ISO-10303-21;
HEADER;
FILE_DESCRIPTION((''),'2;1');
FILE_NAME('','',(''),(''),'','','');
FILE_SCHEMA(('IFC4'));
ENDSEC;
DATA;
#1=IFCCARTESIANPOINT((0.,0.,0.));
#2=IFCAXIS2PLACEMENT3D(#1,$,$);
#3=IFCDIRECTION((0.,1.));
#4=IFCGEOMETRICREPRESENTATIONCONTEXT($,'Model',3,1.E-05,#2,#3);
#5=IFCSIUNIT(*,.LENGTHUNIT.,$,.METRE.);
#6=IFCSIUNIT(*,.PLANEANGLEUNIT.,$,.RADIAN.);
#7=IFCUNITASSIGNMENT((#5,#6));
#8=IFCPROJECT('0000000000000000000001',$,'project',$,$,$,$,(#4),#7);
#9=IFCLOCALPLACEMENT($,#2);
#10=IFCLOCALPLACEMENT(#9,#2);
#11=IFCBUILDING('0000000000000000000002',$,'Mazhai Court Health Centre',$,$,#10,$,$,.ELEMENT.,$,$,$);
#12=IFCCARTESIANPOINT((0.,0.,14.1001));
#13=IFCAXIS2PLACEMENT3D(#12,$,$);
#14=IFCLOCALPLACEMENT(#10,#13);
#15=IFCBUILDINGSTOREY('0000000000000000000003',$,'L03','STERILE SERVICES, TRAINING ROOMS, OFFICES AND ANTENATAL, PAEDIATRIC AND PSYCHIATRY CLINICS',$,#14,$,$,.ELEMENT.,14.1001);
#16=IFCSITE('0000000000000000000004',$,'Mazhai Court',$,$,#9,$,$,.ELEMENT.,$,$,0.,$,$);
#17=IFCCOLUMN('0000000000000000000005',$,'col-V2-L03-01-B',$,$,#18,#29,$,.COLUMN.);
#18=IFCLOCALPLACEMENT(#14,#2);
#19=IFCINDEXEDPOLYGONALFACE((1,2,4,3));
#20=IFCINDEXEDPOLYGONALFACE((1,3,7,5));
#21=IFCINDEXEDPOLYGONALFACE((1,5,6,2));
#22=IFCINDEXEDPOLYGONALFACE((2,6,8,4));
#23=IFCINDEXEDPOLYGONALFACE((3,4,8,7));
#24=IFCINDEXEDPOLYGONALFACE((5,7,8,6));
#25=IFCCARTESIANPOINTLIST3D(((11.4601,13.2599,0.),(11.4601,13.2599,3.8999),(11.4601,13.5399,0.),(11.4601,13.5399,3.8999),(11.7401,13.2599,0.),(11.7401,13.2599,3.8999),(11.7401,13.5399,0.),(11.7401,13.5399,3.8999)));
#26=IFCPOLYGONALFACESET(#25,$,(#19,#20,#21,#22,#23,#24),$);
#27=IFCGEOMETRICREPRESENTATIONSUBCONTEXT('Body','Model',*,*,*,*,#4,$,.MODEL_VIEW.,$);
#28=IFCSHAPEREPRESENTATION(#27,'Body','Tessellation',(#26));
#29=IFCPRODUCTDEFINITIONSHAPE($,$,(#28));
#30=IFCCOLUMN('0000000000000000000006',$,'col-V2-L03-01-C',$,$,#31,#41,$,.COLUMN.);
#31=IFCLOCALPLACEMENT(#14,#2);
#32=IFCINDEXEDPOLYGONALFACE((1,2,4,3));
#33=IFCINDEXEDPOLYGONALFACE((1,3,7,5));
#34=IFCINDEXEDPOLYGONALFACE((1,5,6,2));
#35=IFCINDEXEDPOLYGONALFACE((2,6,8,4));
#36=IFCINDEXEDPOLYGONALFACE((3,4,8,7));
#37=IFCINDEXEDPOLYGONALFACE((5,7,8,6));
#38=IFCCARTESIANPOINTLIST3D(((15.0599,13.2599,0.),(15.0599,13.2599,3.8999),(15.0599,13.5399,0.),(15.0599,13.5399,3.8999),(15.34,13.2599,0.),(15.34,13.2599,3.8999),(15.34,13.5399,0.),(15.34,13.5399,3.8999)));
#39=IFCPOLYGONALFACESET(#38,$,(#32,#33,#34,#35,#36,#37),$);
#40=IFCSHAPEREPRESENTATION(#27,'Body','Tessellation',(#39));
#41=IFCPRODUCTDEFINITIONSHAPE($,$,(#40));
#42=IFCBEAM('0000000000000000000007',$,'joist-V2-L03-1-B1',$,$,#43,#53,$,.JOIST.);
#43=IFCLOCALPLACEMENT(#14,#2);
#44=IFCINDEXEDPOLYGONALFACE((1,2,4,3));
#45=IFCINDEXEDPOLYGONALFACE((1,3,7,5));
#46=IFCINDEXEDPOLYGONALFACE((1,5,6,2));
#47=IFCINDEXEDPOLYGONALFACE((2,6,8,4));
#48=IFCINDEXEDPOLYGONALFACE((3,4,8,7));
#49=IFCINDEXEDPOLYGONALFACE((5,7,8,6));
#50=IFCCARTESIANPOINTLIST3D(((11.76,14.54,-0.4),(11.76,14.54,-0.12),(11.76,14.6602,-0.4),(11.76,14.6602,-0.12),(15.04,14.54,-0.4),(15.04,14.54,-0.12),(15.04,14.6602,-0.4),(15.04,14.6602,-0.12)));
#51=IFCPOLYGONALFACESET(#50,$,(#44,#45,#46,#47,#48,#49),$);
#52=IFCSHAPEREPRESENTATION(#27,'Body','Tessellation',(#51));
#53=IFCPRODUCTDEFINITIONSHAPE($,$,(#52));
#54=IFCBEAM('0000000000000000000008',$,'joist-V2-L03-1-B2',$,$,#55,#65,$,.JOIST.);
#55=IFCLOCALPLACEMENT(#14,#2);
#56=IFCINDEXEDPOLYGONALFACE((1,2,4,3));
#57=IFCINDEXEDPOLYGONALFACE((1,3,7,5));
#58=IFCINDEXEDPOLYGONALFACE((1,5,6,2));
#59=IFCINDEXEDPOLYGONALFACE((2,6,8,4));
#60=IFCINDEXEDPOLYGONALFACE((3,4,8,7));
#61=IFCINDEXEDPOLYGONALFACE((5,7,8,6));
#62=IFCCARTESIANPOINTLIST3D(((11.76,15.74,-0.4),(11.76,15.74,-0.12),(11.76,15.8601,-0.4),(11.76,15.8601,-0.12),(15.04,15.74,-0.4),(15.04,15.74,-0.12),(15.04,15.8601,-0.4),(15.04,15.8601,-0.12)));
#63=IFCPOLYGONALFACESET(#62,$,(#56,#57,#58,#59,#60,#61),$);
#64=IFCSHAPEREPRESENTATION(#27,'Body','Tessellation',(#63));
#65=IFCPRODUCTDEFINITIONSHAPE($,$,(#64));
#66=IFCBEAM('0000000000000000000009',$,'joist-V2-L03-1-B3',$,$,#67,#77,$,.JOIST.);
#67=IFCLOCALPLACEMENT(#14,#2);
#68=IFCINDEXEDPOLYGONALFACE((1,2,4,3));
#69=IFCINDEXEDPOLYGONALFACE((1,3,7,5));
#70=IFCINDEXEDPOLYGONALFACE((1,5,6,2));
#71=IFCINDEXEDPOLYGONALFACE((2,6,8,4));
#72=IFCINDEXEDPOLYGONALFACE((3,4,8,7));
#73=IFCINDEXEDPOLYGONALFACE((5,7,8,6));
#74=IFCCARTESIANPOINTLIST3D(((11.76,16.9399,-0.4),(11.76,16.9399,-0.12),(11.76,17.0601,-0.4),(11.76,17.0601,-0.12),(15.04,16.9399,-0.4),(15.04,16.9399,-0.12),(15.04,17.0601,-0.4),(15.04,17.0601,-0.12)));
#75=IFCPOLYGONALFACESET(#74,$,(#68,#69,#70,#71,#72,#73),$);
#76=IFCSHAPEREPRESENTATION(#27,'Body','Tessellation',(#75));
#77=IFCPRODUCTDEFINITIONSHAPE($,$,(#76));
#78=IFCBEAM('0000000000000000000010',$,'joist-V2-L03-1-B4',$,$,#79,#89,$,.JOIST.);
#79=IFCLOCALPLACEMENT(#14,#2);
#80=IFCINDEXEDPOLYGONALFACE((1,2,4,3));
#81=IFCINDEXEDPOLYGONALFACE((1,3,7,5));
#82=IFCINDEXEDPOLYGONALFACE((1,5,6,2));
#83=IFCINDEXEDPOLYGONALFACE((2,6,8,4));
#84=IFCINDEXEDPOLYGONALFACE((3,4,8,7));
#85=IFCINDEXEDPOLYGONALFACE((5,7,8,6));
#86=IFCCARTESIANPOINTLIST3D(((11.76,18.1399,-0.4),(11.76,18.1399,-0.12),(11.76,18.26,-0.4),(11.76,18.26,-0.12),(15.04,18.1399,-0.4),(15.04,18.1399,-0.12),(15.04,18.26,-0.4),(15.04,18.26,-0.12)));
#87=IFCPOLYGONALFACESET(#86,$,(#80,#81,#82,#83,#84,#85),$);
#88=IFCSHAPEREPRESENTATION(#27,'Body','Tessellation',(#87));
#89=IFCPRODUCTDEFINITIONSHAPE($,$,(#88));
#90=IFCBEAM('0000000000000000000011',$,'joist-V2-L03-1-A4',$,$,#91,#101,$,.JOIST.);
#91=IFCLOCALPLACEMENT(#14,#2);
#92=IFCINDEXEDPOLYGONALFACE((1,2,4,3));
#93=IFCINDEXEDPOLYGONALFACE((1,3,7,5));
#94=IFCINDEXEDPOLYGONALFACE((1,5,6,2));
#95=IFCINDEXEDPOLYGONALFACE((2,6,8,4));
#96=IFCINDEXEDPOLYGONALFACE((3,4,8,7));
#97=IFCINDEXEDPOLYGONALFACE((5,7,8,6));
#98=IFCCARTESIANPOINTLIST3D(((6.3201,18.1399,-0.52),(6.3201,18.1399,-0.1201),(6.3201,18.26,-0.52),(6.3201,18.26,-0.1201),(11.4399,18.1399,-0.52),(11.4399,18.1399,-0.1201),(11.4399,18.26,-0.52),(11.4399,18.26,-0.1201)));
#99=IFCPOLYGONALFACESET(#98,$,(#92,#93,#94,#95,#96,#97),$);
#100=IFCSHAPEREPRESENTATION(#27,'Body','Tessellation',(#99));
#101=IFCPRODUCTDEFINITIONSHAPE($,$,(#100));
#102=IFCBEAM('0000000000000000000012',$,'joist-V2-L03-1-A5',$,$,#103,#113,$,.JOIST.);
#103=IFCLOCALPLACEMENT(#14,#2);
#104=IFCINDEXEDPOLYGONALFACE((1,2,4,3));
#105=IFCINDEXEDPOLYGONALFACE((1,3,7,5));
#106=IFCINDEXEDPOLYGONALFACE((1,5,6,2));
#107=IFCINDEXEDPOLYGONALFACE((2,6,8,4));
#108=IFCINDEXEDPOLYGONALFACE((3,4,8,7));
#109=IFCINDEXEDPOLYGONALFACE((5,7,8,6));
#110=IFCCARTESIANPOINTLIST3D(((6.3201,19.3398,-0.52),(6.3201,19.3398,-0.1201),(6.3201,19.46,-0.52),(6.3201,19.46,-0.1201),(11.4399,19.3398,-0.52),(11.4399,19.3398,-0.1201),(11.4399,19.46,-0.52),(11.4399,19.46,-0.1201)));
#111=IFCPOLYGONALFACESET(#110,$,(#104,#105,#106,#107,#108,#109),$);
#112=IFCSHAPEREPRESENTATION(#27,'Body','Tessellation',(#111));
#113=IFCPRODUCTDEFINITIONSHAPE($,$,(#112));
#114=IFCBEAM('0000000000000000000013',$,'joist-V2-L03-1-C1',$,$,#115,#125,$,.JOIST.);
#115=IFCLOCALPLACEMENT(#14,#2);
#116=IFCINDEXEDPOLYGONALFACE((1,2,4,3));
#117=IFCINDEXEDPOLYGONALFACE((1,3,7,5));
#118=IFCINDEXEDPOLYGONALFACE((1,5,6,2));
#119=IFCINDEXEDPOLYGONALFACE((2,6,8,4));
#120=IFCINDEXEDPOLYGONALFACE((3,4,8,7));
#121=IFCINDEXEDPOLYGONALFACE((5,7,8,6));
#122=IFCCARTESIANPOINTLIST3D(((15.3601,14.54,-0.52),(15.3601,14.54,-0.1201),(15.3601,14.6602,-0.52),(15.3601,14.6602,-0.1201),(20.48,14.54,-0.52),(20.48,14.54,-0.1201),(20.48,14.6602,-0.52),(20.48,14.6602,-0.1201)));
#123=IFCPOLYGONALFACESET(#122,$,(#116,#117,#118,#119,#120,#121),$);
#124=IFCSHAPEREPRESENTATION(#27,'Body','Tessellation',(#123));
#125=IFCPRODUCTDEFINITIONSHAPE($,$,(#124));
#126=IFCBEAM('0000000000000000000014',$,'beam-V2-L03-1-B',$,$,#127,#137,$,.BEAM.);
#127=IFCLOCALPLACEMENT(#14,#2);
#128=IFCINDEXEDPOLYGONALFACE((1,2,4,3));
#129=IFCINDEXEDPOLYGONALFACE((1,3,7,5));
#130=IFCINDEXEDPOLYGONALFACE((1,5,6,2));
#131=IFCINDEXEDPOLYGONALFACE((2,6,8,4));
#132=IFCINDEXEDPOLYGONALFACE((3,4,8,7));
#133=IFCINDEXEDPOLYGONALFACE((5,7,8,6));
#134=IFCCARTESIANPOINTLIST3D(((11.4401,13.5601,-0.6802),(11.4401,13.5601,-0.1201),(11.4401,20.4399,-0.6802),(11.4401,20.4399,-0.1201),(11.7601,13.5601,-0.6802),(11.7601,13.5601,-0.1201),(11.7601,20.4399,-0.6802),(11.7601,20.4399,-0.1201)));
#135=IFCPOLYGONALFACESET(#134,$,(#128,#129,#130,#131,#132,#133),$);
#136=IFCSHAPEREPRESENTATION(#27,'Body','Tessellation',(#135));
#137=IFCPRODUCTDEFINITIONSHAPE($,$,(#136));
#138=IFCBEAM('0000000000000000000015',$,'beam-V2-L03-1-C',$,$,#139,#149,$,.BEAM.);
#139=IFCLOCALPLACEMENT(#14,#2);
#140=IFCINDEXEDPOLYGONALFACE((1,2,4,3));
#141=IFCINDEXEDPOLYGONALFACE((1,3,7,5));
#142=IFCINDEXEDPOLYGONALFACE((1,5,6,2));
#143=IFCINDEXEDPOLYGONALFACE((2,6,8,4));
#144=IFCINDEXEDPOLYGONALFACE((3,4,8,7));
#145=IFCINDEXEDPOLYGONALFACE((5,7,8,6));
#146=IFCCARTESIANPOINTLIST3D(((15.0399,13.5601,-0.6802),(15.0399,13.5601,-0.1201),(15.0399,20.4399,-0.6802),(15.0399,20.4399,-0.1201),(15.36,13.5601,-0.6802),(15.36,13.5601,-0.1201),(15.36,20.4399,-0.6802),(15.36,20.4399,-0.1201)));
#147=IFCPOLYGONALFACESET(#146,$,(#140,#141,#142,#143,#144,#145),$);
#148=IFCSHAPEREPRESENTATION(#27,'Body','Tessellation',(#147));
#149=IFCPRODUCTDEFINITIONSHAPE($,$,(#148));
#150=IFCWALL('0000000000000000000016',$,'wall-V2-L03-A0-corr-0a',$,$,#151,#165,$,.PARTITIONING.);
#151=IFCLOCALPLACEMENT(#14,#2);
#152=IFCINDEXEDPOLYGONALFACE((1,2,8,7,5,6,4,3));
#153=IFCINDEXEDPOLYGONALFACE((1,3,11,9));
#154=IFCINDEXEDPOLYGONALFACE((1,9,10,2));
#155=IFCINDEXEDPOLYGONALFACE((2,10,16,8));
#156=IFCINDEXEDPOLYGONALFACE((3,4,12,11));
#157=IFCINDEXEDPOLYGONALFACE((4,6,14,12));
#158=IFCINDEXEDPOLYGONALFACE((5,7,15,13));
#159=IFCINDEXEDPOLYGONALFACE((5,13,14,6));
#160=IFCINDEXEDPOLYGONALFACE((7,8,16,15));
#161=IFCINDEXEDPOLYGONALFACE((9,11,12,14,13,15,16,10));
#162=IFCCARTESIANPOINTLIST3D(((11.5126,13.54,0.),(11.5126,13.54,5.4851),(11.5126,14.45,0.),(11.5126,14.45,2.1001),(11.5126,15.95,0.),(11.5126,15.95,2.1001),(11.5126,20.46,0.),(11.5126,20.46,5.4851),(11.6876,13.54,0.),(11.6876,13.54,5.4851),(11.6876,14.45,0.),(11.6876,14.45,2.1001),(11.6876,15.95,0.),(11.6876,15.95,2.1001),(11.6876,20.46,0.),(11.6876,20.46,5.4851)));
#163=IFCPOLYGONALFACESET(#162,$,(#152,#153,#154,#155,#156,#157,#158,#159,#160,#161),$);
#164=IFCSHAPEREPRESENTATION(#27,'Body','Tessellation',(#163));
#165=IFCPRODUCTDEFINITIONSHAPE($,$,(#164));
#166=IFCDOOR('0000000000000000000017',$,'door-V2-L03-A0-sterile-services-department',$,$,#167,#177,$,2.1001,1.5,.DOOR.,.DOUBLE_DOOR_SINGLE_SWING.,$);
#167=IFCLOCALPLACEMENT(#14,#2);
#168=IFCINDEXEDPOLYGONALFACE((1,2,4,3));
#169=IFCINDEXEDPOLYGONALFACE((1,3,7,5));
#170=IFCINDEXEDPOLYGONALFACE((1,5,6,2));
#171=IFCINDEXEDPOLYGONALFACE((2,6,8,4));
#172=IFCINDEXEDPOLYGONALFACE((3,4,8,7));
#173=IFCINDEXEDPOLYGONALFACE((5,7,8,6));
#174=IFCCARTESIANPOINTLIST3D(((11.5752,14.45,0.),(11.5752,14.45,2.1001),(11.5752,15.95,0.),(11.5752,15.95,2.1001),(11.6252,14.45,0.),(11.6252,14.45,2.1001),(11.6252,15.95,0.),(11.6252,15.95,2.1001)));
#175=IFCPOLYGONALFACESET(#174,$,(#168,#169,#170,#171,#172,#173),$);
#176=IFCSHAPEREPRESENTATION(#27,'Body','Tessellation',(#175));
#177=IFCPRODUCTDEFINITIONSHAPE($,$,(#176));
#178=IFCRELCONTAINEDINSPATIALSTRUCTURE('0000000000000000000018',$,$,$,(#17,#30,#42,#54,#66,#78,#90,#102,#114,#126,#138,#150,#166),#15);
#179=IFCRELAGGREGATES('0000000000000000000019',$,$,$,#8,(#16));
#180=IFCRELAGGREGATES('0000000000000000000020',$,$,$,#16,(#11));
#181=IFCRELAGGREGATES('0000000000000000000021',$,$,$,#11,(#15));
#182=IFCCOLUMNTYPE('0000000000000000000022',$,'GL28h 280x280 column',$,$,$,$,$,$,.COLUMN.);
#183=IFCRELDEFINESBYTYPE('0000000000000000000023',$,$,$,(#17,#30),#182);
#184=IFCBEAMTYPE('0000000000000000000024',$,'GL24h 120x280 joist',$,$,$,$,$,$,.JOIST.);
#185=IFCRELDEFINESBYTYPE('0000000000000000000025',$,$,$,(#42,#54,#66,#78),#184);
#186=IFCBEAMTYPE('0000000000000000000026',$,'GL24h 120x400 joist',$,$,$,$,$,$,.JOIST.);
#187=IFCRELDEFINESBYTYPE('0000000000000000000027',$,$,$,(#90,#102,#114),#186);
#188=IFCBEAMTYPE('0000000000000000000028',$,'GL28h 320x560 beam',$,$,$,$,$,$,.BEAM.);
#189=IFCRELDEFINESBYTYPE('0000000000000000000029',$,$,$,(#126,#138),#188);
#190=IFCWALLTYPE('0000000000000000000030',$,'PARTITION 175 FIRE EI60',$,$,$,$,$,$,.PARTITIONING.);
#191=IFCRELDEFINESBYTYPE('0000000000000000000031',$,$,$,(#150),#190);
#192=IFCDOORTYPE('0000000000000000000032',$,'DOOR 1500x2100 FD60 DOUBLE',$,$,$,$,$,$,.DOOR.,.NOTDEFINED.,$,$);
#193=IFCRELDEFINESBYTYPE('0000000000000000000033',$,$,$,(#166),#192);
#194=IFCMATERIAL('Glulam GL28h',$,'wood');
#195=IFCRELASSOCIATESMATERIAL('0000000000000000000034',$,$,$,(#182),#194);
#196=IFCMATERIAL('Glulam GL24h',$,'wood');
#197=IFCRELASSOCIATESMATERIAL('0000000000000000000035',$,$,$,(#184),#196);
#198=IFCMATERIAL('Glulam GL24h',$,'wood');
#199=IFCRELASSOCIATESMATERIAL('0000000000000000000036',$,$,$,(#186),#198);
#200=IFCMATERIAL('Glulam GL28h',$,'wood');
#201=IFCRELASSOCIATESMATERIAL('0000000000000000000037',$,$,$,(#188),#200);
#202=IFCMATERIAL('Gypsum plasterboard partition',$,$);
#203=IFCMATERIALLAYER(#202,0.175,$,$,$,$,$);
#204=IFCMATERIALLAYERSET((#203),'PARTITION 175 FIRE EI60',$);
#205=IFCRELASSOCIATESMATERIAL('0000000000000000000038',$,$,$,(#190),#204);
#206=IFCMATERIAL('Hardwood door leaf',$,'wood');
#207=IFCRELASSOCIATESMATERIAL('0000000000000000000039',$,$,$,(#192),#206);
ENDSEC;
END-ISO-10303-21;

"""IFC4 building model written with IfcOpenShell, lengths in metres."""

from ifc_helpers import new_model, si_unit, direction, frame, frame_2d, origin, origin_2d, place, context, subcontext, project, spatial, rectangle, extrude, material, layer, layer_set, material_profile, profile_set, type_object, element, fill, save


model = new_model("IFC4")

# Units and contexts
model_context = context("Model", 3, precision=1e-05, world=origin(), true_north=direction((0.0, 1.0)))
body_context = subcontext(model_context, "Body", "Model", "MODEL_VIEW")
ifc_project = project(units=[si_unit("LENGTHUNIT", "METRE"), si_unit("PLANEANGLEUNIT", "RADIAN")], contexts=[model_context])

# Site, building, storey
site_placement = place(None, origin())
site = spatial("IfcSite", under=ifc_project, at=site_placement, Name="Mazhai Court", CompositionType="ELEMENT", RefElevation=0.0)
building_placement = place(site_placement, origin())
building = spatial("IfcBuilding", under=site, at=building_placement, Name="Mazhai Court Health Centre", CompositionType="ELEMENT")
storey_placement = place(building_placement, frame((0.0, 0.0, 14.1001)))
storey = spatial("IfcBuildingStorey", under=building, at=storey_placement, Name="L03", Description="STERILE SERVICES, TRAINING ROOMS, OFFICES AND ANTENATAL, PAEDIATRIC AND PSYCHIATRY CLINICS", CompositionType="ELEMENT", Elevation=14.1001)

# Columns
ifc_material_1 = material(Name="Glulam GL28h", Category="wood")
ifc_material_profile_1 = material_profile(ifc_material_1, rectangle(XDim=0.28, YDim=0.28, at=origin_2d()), Name="GL28h 280x280")
ifc_profile_set_1 = profile_set([ifc_material_profile_1], Name="Glulam GL28h")
column_type = type_object("IfcColumnType", Name="GL28h 280x280 column", PredefinedType="COLUMN", material=ifc_profile_set_1)
for number, where, z_axis, x_axis, name in (
    (1, (11.6001, 13.3999, 0.0), (0.0, 0.0, 1.0), (1.0, 0.0, 0.0), "col-V2-L03-01-B"),
    (2, (15.2, 13.3999, 0.0), (0.0, 0.0, 1.0), (1.0, 0.0, 0.0), "col-V2-L03-01-C"),
):
    element("IfcColumn", number, at=place(storey_placement, frame(where, z_axis=z_axis, x_axis=x_axis)), inside=storey, type_object=column_type, Name=name, PredefinedType="COLUMN", context=body_context, shape_type="SweptSolid", body=[
        extrude(rectangle(XDim=0.28, YDim=0.28, at=origin_2d()), origin(), (0.0, 0.0, 1.0), 3.8999),
    ])

# Beams
ifc_material_2 = material(Name="Glulam GL24h", Category="wood")
ifc_material_profile_2 = material_profile(ifc_material_2, rectangle(XDim=0.1201, YDim=0.28, at=origin_2d()), Name="GL24h 120x280")
ifc_profile_set_2 = profile_set([ifc_material_profile_2], Name="Glulam GL24h")
beam_type_1 = type_object("IfcBeamType", Name="GL24h 120x280 joist", PredefinedType="JOIST", material=ifc_profile_set_2)
for number, where, z_axis, x_axis, name in (
    (3, (11.76, 14.6001, -0.26), (1.0, 0.0, 0.0), (0.0, 1.0, 0.0), "joist-V2-L03-1-B1"),
    (4, (11.76, 15.8, -0.26), (1.0, 0.0, 0.0), (0.0, 1.0, 0.0), "joist-V2-L03-1-B2"),
    (5, (11.76, 17.0, -0.26), (1.0, 0.0, 0.0), (0.0, 1.0, 0.0), "joist-V2-L03-1-B3"),
    (6, (11.76, 18.2, -0.26), (1.0, 0.0, 0.0), (0.0, 1.0, 0.0), "joist-V2-L03-1-B4"),
):
    element("IfcBeam", number, at=place(storey_placement, frame(where, z_axis=z_axis, x_axis=x_axis)), inside=storey, type_object=beam_type_1, Name=name, PredefinedType="JOIST", context=body_context, shape_type="SweptSolid", body=[
        extrude(rectangle(XDim=0.1201, YDim=0.28, at=origin_2d()), origin(), (0.0, 0.0, 1.0), 3.28),
    ])
ifc_material_3 = material(Name="Glulam GL24h", Category="wood")
ifc_material_profile_3 = material_profile(ifc_material_3, rectangle(XDim=0.1201, YDim=0.3999, at=origin_2d()), Name="GL24h 120x400")
ifc_profile_set_3 = profile_set([ifc_material_profile_3], Name="Glulam GL24h")
beam_type_2 = type_object("IfcBeamType", Name="GL24h 120x400 joist", PredefinedType="JOIST", material=ifc_profile_set_3)
for number, where, z_axis, x_axis, name in (
    (7, (6.3201, 18.2, -0.3201), (1.0, 0.0, 0.0), (0.0, 1.0, 0.0), "joist-V2-L03-1-A4"),
    (8, (6.3201, 19.3999, -0.3201), (1.0, 0.0, 0.0), (0.0, 1.0, 0.0), "joist-V2-L03-1-A5"),
    (9, (15.3601, 14.6001, -0.3201), (1.0, 0.0, 0.0), (0.0, 1.0, 0.0), "joist-V2-L03-1-C1"),
):
    element("IfcBeam", number, at=place(storey_placement, frame(where, z_axis=z_axis, x_axis=x_axis)), inside=storey, type_object=beam_type_2, Name=name, PredefinedType="JOIST", context=body_context, shape_type="SweptSolid", body=[
        extrude(rectangle(XDim=0.1201, YDim=0.3999, at=origin_2d()), origin(), (0.0, 0.0, 1.0), 5.1199),
    ])
ifc_material_4 = material(Name="Glulam GL28h", Category="wood")
ifc_material_profile_4 = material_profile(ifc_material_4, rectangle(XDim=0.3201, YDim=0.5601, at=origin_2d()), Name="GL28h 320x560")
ifc_profile_set_4 = profile_set([ifc_material_profile_4], Name="Glulam GL28h")
beam_type_3 = type_object("IfcBeamType", Name="GL28h 320x560 beam", PredefinedType="BEAM", material=ifc_profile_set_4)
for number, where, z_axis, x_axis, name in (
    (10, (11.6001, 13.5601, -0.4001), (0.0, 1.0, 0.0), (-1.0, 0.0, 0.0), "beam-V2-L03-1-B"),
    (11, (15.2, 13.5601, -0.4001), (0.0, 1.0, 0.0), (-1.0, 0.0, 0.0), "beam-V2-L03-1-C"),
):
    element("IfcBeam", number, at=place(storey_placement, frame(where, z_axis=z_axis, x_axis=x_axis)), inside=storey, type_object=beam_type_3, Name=name, PredefinedType="BEAM", context=body_context, shape_type="SweptSolid", body=[
        extrude(rectangle(XDim=0.3201, YDim=0.5601, at=origin_2d()), origin(), (0.0, 0.0, 1.0), 6.8799),
    ])

# Wall, opening, door
ifc_material_5 = material(Name="Gypsum plasterboard partition")
ifc_layer_1 = layer(ifc_material_5, 0.175)
ifc_layer_set_1 = layer_set([ifc_layer_1], Name="PARTITION 175 FIRE EI60")
wall_type_1 = type_object("IfcWallType", Name="PARTITION 175 FIRE EI60", PredefinedType="PARTITIONING", material=ifc_layer_set_1)
wall_1_placement = place(storey_placement, frame((11.6001, 13.54, 0.0), z_axis=(0.0, 0.0, 1.0), x_axis=(0.0, 1.0, 0.0)))
wall_1 = element("IfcWall", 12, at=wall_1_placement, inside=storey, type_object=wall_type_1, Name="wall-V2-L03-A0-corr-0a", PredefinedType="PARTITIONING", context=body_context, shape_type="SweptSolid", body=[
    extrude(rectangle(XDim=6.9199, YDim=0.175, at=frame_2d((3.46, 0.0))), origin(), (0.0, 0.0, 1.0), 5.4851),
])
opening_1_placement = place(wall_1_placement, frame((0.9099, 0.0, 0.0)))
opening_1 = element("IfcOpeningElement", 13, at=opening_1_placement, cuts=wall_1, PredefinedType="OPENING", context=body_context, shape_type="SweptSolid", body=[
    extrude(rectangle(XDim=1.5, YDim=2.1001, at=frame_2d((0.75, 1.05))), frame((0.0, 0.0974, 0.0), z_axis=(0.0, -1.0, 0.0), x_axis=(1.0, 0.0, 0.0)), (0.0, 0.0, 1.0), 0.1951),
])
ifc_material_6 = material(Name="Hardwood door leaf", Category="wood")
door_type_1 = type_object("IfcDoorType", Name="DOOR 1500x2100 FD60 DOUBLE", OperationType="NOTDEFINED", PredefinedType="DOOR", material=ifc_material_6)
door_1_placement = place(opening_1_placement, origin())
door_1 = element("IfcDoor", 14, at=door_1_placement, inside=storey, type_object=door_type_1, Name="door-V2-L03-A0-sterile-services-department", OperationType="DOUBLE_DOOR_SINGLE_SWING", OverallHeight=2.1001, OverallWidth=1.5, PredefinedType="DOOR", context=body_context, shape_type="SweptSolid", body=[
    extrude(rectangle(XDim=1.5, YDim=2.1001, at=frame_2d((0.75, 1.05))), frame((0.0, 0.0249, 0.0), z_axis=(0.0, -1.0, 0.0), x_axis=(1.0, 0.0, 0.0)), (0.0, 0.0, 1.0), 0.05),
])
fill(opening_1, door_1)

save(model, "model.ifc")
